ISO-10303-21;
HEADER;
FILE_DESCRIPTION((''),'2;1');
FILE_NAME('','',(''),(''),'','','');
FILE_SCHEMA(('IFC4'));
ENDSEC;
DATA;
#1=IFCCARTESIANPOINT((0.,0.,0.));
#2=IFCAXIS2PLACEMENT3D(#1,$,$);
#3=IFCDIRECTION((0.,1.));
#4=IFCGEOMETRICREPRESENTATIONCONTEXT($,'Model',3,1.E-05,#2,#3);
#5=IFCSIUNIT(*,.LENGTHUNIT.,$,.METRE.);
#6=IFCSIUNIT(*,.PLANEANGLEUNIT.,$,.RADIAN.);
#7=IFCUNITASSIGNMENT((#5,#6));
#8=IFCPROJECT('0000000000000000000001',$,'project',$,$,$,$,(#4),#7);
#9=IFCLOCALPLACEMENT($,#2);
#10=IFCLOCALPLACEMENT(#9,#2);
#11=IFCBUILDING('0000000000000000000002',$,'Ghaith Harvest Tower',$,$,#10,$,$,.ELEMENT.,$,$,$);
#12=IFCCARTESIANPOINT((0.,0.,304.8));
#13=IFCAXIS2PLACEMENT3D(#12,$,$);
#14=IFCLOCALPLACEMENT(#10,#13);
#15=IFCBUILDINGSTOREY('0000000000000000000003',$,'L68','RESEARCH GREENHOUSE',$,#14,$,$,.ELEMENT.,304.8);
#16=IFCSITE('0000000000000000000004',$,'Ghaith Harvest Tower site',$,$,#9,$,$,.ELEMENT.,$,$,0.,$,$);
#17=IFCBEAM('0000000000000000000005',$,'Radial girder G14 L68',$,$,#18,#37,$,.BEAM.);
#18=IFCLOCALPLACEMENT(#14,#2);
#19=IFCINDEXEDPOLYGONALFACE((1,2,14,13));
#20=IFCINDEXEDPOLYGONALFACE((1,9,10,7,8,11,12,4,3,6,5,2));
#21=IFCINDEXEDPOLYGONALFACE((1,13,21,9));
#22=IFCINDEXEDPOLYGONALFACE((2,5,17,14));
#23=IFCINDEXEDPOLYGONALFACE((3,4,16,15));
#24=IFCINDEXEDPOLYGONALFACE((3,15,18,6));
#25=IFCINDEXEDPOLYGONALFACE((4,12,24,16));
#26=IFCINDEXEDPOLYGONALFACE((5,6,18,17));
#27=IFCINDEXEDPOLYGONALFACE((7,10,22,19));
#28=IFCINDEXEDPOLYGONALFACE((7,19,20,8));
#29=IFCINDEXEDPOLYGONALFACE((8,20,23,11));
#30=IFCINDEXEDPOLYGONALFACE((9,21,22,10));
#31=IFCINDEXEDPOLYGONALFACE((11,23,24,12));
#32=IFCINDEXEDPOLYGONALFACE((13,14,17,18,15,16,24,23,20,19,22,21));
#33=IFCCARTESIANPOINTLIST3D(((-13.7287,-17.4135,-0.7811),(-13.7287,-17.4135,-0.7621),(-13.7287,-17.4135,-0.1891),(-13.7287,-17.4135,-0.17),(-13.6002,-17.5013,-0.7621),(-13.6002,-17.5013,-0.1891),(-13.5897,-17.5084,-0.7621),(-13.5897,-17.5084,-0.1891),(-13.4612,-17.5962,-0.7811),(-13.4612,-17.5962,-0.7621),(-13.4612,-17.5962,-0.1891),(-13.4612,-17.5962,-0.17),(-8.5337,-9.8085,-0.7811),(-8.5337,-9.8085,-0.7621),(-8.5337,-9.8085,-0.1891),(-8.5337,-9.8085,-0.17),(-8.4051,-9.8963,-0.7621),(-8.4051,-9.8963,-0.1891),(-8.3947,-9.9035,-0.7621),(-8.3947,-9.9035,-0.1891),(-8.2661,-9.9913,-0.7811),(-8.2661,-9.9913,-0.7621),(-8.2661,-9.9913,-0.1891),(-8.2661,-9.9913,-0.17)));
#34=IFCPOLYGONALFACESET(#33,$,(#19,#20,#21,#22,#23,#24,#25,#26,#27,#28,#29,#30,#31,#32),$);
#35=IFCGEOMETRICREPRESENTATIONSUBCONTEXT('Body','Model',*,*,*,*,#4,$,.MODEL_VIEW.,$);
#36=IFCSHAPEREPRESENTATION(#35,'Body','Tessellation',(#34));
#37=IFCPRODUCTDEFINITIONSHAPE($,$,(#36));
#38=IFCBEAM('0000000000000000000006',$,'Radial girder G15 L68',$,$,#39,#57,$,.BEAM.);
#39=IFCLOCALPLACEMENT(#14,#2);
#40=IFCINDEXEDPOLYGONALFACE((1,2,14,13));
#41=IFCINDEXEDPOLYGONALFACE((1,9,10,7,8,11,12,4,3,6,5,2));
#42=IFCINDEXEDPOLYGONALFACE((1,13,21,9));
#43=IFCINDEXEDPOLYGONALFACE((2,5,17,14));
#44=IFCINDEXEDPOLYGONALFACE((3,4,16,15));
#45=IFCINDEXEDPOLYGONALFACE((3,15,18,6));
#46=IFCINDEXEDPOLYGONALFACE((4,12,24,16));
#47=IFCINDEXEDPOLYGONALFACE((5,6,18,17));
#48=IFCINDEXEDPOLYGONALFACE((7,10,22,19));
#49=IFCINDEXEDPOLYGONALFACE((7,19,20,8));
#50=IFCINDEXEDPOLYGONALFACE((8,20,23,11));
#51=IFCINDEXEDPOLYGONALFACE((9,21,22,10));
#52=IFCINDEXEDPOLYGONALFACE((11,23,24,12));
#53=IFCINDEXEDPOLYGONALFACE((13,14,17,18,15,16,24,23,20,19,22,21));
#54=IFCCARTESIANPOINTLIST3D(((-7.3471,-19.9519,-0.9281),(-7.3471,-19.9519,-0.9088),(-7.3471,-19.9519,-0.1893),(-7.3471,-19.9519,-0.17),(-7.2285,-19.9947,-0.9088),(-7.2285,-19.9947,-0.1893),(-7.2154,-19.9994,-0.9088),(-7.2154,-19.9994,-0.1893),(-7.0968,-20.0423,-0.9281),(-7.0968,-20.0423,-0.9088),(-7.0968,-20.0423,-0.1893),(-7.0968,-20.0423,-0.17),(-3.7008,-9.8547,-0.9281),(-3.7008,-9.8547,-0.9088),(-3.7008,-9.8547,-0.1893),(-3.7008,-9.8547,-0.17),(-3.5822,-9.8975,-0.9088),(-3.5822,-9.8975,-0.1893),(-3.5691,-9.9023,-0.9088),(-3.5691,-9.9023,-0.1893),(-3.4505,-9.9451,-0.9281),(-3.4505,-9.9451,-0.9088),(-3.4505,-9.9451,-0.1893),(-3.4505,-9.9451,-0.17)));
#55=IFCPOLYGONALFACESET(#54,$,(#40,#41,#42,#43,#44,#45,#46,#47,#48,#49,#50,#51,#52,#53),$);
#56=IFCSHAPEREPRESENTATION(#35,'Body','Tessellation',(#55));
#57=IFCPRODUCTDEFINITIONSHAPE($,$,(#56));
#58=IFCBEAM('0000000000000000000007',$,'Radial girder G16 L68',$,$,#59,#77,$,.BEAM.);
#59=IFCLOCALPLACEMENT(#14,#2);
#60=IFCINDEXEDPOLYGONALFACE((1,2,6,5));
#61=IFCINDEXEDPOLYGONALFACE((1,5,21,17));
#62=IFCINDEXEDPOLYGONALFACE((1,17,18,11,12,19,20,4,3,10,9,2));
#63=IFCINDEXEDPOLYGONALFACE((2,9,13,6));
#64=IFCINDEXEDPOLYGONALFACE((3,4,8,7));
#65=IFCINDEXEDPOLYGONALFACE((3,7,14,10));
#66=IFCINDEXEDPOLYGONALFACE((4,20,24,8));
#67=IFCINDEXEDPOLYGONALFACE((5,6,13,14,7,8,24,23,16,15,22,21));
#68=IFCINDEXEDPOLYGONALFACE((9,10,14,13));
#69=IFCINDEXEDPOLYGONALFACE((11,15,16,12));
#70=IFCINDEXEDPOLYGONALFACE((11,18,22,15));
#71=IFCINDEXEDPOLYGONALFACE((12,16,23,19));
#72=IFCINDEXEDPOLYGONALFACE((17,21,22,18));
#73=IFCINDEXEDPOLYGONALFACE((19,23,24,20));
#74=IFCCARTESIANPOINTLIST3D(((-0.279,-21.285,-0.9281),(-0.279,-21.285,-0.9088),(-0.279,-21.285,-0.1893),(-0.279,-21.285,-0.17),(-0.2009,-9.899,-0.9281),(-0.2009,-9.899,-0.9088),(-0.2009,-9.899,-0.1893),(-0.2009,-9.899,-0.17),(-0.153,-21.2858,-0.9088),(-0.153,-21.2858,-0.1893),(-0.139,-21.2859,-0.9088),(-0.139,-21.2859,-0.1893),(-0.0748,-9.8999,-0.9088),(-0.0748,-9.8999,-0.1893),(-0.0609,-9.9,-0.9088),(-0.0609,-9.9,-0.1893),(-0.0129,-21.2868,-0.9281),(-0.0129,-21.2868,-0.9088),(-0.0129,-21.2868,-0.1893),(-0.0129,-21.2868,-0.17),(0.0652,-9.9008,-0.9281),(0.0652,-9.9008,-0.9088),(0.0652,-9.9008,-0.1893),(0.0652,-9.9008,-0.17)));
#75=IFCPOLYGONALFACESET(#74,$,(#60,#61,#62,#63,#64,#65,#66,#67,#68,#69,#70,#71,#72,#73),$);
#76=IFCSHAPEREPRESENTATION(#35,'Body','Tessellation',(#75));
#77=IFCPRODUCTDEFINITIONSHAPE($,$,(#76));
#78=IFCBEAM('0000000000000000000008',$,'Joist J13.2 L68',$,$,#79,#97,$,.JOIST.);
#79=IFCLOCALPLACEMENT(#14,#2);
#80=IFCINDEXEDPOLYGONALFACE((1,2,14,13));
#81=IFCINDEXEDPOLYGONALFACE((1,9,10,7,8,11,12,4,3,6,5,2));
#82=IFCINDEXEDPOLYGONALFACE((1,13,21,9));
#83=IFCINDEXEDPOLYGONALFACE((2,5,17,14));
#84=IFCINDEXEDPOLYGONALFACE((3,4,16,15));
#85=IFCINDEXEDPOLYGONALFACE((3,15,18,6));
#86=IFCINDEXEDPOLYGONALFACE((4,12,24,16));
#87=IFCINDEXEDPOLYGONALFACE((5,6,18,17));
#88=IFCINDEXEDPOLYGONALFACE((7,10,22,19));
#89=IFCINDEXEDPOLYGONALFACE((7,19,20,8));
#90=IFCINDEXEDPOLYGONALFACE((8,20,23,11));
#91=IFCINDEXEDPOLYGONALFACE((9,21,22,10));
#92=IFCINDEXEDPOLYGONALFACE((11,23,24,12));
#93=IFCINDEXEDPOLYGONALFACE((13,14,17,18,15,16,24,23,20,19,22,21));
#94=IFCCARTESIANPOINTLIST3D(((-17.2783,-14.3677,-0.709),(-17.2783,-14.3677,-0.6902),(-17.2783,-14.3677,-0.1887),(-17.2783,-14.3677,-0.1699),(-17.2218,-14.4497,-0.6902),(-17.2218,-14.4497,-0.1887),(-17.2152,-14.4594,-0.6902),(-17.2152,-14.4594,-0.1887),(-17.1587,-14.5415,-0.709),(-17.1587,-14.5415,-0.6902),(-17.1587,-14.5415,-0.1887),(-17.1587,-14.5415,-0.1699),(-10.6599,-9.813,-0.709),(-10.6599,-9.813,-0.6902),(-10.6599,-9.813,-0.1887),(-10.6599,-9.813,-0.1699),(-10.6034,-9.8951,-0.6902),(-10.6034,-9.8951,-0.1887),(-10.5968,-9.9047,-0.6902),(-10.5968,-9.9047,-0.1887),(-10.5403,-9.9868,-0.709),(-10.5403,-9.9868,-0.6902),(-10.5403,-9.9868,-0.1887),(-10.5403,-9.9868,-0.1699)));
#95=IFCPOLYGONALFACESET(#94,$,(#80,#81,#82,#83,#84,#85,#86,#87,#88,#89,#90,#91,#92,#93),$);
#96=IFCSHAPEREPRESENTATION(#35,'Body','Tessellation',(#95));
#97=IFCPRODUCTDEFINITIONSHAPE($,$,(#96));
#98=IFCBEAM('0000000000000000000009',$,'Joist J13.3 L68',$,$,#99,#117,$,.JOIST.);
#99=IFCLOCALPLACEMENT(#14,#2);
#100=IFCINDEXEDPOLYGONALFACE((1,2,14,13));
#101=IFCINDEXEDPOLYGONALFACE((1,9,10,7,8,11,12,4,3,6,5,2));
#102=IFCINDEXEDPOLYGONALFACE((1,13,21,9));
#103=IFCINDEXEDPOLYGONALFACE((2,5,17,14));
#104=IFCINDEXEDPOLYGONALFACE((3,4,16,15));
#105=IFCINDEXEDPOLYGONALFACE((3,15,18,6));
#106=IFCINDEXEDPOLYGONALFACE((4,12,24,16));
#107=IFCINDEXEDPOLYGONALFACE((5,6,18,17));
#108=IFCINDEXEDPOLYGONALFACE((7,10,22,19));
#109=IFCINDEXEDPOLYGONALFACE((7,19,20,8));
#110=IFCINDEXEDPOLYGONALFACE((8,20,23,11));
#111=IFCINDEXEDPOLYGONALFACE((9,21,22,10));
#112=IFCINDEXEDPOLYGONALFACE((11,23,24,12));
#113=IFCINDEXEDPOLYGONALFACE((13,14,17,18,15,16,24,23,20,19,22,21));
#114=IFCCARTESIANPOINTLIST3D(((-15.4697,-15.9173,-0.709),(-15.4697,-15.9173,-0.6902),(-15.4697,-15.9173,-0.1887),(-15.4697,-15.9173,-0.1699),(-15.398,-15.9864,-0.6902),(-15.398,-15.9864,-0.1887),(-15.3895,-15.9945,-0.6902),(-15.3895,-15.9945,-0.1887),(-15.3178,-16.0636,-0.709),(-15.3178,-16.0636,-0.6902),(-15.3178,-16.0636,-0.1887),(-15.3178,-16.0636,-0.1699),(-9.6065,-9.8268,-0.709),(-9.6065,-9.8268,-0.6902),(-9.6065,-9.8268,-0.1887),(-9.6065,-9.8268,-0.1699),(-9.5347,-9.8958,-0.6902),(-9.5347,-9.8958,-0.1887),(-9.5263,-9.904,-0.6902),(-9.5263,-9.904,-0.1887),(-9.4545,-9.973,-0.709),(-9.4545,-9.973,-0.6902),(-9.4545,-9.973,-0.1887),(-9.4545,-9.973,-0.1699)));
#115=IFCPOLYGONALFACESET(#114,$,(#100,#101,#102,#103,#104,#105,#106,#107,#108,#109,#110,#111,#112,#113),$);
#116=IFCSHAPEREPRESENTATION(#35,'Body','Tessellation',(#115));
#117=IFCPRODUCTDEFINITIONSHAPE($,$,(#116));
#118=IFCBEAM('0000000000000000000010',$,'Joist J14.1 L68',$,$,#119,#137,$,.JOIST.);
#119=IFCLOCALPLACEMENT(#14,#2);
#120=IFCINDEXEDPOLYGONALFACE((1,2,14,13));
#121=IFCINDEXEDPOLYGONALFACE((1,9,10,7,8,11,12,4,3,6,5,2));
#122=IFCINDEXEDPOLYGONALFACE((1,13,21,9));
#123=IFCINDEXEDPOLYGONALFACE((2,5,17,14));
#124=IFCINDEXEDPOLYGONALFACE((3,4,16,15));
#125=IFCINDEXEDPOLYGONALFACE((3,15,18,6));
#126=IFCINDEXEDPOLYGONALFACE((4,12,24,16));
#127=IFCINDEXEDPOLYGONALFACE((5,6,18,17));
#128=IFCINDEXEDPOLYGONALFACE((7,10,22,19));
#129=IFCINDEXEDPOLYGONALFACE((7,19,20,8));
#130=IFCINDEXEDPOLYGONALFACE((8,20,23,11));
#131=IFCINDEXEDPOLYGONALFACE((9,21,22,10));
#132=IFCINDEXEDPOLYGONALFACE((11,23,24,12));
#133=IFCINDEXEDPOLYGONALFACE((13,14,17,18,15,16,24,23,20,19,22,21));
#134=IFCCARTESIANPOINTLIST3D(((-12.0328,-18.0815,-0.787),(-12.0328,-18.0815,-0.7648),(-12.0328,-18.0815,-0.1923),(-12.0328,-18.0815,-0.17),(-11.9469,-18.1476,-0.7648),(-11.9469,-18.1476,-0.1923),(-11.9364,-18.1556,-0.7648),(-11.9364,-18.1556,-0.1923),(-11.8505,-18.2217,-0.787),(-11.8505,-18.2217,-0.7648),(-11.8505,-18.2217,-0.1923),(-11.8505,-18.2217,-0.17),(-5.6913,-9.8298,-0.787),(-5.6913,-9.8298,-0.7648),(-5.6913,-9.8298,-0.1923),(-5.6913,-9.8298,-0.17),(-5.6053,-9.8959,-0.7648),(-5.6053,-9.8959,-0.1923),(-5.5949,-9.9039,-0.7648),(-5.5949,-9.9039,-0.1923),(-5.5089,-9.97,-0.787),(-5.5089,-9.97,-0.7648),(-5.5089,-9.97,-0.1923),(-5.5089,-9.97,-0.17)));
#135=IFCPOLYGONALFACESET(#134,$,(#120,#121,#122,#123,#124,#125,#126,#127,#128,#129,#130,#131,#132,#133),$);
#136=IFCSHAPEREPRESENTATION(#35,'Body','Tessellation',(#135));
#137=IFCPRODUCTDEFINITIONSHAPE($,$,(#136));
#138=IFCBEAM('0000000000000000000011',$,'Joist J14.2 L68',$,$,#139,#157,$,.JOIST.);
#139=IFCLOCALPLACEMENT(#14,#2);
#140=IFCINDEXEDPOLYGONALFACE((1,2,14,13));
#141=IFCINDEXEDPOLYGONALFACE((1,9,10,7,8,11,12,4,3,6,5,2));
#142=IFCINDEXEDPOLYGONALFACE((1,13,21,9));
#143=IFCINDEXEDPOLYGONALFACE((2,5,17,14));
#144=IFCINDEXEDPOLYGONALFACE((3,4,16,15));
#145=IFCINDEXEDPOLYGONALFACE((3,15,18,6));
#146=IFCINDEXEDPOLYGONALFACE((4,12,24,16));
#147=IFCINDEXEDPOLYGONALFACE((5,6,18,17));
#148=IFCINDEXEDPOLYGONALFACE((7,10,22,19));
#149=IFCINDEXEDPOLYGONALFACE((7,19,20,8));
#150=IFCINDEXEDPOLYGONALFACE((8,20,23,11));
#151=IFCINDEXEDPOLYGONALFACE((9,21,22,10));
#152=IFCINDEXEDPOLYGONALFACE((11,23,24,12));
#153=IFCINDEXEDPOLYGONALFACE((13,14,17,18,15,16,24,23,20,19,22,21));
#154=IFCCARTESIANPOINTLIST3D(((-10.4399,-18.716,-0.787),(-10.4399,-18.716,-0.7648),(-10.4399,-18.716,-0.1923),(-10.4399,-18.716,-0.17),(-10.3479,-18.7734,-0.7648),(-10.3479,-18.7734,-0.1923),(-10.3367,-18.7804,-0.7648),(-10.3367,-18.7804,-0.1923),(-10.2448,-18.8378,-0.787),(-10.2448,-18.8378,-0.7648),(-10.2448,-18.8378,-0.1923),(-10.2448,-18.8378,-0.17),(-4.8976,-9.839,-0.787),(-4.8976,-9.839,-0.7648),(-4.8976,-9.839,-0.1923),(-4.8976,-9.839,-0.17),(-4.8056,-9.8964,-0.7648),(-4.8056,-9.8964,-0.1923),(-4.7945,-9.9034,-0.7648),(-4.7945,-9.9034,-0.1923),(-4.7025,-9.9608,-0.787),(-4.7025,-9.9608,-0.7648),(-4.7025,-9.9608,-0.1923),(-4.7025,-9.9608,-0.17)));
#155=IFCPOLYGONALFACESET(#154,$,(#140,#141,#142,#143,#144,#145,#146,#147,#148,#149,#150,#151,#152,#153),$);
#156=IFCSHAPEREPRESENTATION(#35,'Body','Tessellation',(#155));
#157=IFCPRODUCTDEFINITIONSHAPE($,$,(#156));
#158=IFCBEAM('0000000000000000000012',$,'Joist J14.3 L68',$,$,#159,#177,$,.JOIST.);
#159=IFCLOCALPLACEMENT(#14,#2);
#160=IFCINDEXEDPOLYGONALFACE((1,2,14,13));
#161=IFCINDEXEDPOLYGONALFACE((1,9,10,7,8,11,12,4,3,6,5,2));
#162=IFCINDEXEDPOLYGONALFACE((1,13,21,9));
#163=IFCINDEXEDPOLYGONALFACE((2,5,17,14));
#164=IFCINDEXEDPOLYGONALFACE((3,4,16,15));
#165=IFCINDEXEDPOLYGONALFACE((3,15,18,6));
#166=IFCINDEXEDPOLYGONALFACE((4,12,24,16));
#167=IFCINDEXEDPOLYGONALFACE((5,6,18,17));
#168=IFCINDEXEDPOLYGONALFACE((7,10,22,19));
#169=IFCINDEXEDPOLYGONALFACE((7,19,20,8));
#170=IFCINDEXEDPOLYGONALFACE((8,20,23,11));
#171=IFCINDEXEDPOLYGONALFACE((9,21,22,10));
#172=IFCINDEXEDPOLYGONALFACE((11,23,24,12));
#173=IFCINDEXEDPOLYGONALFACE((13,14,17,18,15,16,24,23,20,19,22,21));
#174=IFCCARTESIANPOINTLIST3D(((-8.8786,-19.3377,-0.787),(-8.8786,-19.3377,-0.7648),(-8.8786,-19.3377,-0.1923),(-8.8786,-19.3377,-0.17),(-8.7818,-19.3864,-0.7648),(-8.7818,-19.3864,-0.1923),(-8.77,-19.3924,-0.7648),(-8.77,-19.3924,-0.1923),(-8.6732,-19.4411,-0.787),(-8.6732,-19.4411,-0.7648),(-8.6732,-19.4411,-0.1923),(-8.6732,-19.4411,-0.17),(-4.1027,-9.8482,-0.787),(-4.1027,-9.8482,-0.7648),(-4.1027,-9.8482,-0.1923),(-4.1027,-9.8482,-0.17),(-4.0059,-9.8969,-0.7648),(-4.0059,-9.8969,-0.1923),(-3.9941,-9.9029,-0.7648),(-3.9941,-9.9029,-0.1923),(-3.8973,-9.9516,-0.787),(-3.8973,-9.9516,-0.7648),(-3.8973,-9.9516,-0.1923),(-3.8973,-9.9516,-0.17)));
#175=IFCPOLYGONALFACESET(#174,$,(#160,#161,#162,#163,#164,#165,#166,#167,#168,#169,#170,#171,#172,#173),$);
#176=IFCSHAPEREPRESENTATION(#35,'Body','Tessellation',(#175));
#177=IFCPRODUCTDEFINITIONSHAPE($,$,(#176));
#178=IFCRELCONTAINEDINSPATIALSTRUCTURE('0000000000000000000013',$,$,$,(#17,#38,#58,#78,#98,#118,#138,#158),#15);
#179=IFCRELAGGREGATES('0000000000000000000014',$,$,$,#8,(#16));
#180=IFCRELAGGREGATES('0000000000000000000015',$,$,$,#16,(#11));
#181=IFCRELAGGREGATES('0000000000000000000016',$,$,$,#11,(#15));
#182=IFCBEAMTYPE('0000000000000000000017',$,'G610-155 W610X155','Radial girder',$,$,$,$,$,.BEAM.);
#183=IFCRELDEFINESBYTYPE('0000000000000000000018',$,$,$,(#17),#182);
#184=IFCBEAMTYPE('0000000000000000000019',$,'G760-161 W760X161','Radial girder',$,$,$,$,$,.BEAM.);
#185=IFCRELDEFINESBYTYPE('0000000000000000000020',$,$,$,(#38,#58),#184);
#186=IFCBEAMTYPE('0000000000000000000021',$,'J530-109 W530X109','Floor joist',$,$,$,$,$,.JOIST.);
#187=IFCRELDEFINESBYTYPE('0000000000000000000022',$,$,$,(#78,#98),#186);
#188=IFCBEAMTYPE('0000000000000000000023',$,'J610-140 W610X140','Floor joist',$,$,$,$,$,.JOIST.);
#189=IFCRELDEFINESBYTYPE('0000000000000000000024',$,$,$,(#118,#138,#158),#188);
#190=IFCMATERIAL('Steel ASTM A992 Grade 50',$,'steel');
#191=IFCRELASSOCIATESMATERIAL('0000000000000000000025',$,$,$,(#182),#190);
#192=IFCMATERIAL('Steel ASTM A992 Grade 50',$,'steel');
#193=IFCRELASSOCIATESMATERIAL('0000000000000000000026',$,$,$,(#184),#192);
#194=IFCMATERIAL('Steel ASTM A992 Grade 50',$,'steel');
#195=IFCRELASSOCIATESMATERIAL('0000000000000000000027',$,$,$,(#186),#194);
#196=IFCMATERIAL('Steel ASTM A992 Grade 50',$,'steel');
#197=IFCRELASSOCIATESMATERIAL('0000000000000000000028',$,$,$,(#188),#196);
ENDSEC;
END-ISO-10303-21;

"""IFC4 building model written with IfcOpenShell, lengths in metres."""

from ifc_helpers import new_model, si_unit, direction, frame, origin, origin_2d, place, context, subcontext, project, spatial, i_section, extrude, material, material_profile, profile_set, type_object, element, save


model = new_model("IFC4")

# Units and contexts
model_context = context("Model", 3, precision=1e-05, world=origin(), true_north=direction((0.0, 1.0)))
body_context = subcontext(model_context, "Body", "Model", "MODEL_VIEW")
ifc_project = project(units=[si_unit("LENGTHUNIT", "METRE"), si_unit("PLANEANGLEUNIT", "RADIAN")], contexts=[model_context])

# Site, building, storey
site_placement = place(None, origin())
site = spatial("IfcSite", under=ifc_project, at=site_placement, Name="Ghaith Harvest Tower site", CompositionType="ELEMENT", RefElevation=0.0)
building_placement = place(site_placement, origin())
building = spatial("IfcBuilding", under=site, at=building_placement, Name="Ghaith Harvest Tower", CompositionType="ELEMENT")
storey_placement = place(building_placement, frame((0.0, 0.0, 304.8)))
storey = spatial("IfcBuildingStorey", under=building, at=storey_placement, Name="L68", Description="RESEARCH GREENHOUSE", CompositionType="ELEMENT", Elevation=304.8)

# Beams
ifc_material_1 = material(Name="Steel ASTM A992 Grade 50", Category="steel")
ifc_material_profile_1 = material_profile(ifc_material_1, i_section(OverallWidth=0.324, OverallDepth=0.6111, WebThickness=0.0127, FlangeThickness=0.019, at=origin_2d()), Name="W610X155")
ifc_profile_set_1 = profile_set([ifc_material_profile_1], Name="Steel ASTM A992 Grade 50")
beam_type_1 = type_object("IfcBeamType", Name="G610-155 W610X155", Description="Radial girder", PredefinedType="BEAM", material=ifc_profile_set_1)
beam_1_placement = place(storey_placement, frame((-8.3999, -9.8999, -0.4756), z_axis=(-0.564067, -0.825729, 0.0), x_axis=(0.825729, -0.564067, 0.0)))
element("IfcBeam", 1, at=beam_1_placement, inside=storey, type_object=beam_type_1, Name="Radial girder G14 L68", PredefinedType="BEAM", context=body_context, shape_type="SweptSolid", body=[
    extrude(i_section(OverallWidth=0.324, OverallDepth=0.6111, WebThickness=0.0127, FlangeThickness=0.019, at=origin_2d()), origin(), (0.0, 0.0, 1.0), 9.21),
])
ifc_material_2 = material(Name="Steel ASTM A992 Grade 50", Category="steel")
ifc_material_profile_2 = material_profile(ifc_material_2, i_section(OverallWidth=0.2661, OverallDepth=0.7581, WebThickness=0.0139, FlangeThickness=0.0193, at=origin_2d()), Name="W760X161")
ifc_profile_set_2 = profile_set([ifc_material_profile_2], Name="Steel ASTM A992 Grade 50")
beam_type_2 = type_object("IfcBeamType", Name="G760-161 W760X161", Description="Radial girder", PredefinedType="BEAM", material=ifc_profile_set_2)
beam_2_placement = place(storey_placement, frame((-3.5757, -9.8999, -0.5491), z_axis=(-0.339648, -0.940553, 0.0), x_axis=(0.940553, -0.339648, 0.0)))
element("IfcBeam", 2, at=beam_2_placement, inside=storey, type_object=beam_type_2, Name="Radial girder G15 L68", PredefinedType="BEAM", context=body_context, shape_type="SweptSolid", body=[
    extrude(i_section(OverallWidth=0.2661, OverallDepth=0.7581, WebThickness=0.0139, FlangeThickness=0.0193, at=origin_2d()), origin(), (0.0, 0.0, 1.0), 10.7354),
])
beam_3_placement = place(storey_placement, frame((-0.0679, -9.8999, -0.5491), z_axis=(-0.006861, -0.999976, 0.0), x_axis=(0.999976, -0.006861, 0.0)))
element("IfcBeam", 3, at=beam_3_placement, inside=storey, type_object=beam_type_2, Name="Radial girder G16 L68", PredefinedType="BEAM", context=body_context, shape_type="SweptSolid", body=[
    extrude(i_section(OverallWidth=0.2661, OverallDepth=0.7581, WebThickness=0.0139, FlangeThickness=0.0193, at=origin_2d()), origin(), (0.0, 0.0, 1.0), 11.3862),
])
ifc_material_3 = material(Name="Steel ASTM A992 Grade 50", Category="steel")
ifc_material_profile_3 = material_profile(ifc_material_3, i_section(OverallWidth=0.2109, OverallDepth=0.5391, WebThickness=0.0117, FlangeThickness=0.0188, at=origin_2d()), Name="W530X109")
ifc_profile_set_3 = profile_set([ifc_material_profile_3], Name="Steel ASTM A992 Grade 50")
beam_type_3 = type_object("IfcBeamType", Name="J530-109 W530X109", Description="Floor joist", PredefinedType="JOIST", material=ifc_profile_set_3)
beam_4_placement = place(storey_placement, frame((-10.6001, -9.8999, -0.4395), z_axis=(-0.823779, -0.566912, 0.0), x_axis=(0.566912, -0.823779, 0.0)))
element("IfcBeam", 4, at=beam_4_placement, inside=storey, type_object=beam_type_3, Name="Joist J13.2 L68", PredefinedType="JOIST", context=body_context, shape_type="SweptSolid", body=[
    extrude(i_section(OverallWidth=0.2109, OverallDepth=0.5391, WebThickness=0.0117, FlangeThickness=0.0188, at=origin_2d()), origin(), (0.0, 0.0, 1.0), 8.0342),
])
beam_5_placement = place(storey_placement, frame((-9.5305, -9.8999, -0.4395), z_axis=(-0.693536, -0.720422, 0.0), x_axis=(0.720422, -0.693536, 0.0)))
element("IfcBeam", 5, at=beam_5_placement, inside=storey, type_object=beam_type_3, Name="Joist J13.3 L68", PredefinedType="JOIST", context=body_context, shape_type="SweptSolid", body=[
    extrude(i_section(OverallWidth=0.2109, OverallDepth=0.5391, WebThickness=0.0117, FlangeThickness=0.0188, at=origin_2d()), origin(), (0.0, 0.0, 1.0), 8.4541),
])
ifc_material_4 = material(Name="Steel ASTM A992 Grade 50", Category="steel")
ifc_material_profile_4 = material_profile(ifc_material_4, i_section(OverallWidth=0.23, OverallDepth=0.6169, WebThickness=0.0132, FlangeThickness=0.0222, at=origin_2d()), Name="W610X140")
ifc_profile_set_4 = profile_set([ifc_material_profile_4], Name="Steel ASTM A992 Grade 50")
beam_type_4 = type_object("IfcBeamType", Name="J610-140 W610X140", Description="Floor joist", PredefinedType="JOIST", material=ifc_profile_set_4)
beam_6_placement = place(storey_placement, frame((-5.6001, -9.8999, -0.4785), z_axis=(-0.609354, -0.792899, 0.0), x_axis=(0.792899, -0.609354, 0.0)))
element("IfcBeam", 6, at=beam_6_placement, inside=storey, type_object=beam_type_4, Name="Joist J14.1 L68", PredefinedType="JOIST", context=body_context, shape_type="SweptSolid", body=[
    extrude(i_section(OverallWidth=0.23, OverallDepth=0.6169, WebThickness=0.0132, FlangeThickness=0.0222, at=origin_2d()), origin(), (0.0, 0.0, 1.0), 10.407),
])
beam_7_placement = place(storey_placement, frame((-4.8, -9.8999, -0.4785), z_axis=(-0.529596, -0.84825, 0.0), x_axis=(0.84825, -0.529596, 0.0)))
element("IfcBeam", 7, at=beam_7_placement, inside=storey, type_object=beam_type_4, Name="Joist J14.2 L68", PredefinedType="JOIST", context=body_context, shape_type="SweptSolid", body=[
    extrude(i_section(OverallWidth=0.23, OverallDepth=0.6169, WebThickness=0.0132, FlangeThickness=0.0222, at=origin_2d()), origin(), (0.0, 0.0, 1.0), 10.4651),
])
beam_8_placement = place(storey_placement, frame((-4.0, -9.8999, -0.4785), z_axis=(-0.449556, -0.893252, 0.0), x_axis=(0.893252, -0.449556, 0.0)))
element("IfcBeam", 8, at=beam_8_placement, inside=storey, type_object=beam_type_4, Name="Joist J14.3 L68", PredefinedType="JOIST", context=body_context, shape_type="SweptSolid", body=[
    extrude(i_section(OverallWidth=0.23, OverallDepth=0.6169, WebThickness=0.0132, FlangeThickness=0.0222, at=origin_2d()), origin(), (0.0, 0.0, 1.0), 10.6235),
])

save(model, "model.ifc")
